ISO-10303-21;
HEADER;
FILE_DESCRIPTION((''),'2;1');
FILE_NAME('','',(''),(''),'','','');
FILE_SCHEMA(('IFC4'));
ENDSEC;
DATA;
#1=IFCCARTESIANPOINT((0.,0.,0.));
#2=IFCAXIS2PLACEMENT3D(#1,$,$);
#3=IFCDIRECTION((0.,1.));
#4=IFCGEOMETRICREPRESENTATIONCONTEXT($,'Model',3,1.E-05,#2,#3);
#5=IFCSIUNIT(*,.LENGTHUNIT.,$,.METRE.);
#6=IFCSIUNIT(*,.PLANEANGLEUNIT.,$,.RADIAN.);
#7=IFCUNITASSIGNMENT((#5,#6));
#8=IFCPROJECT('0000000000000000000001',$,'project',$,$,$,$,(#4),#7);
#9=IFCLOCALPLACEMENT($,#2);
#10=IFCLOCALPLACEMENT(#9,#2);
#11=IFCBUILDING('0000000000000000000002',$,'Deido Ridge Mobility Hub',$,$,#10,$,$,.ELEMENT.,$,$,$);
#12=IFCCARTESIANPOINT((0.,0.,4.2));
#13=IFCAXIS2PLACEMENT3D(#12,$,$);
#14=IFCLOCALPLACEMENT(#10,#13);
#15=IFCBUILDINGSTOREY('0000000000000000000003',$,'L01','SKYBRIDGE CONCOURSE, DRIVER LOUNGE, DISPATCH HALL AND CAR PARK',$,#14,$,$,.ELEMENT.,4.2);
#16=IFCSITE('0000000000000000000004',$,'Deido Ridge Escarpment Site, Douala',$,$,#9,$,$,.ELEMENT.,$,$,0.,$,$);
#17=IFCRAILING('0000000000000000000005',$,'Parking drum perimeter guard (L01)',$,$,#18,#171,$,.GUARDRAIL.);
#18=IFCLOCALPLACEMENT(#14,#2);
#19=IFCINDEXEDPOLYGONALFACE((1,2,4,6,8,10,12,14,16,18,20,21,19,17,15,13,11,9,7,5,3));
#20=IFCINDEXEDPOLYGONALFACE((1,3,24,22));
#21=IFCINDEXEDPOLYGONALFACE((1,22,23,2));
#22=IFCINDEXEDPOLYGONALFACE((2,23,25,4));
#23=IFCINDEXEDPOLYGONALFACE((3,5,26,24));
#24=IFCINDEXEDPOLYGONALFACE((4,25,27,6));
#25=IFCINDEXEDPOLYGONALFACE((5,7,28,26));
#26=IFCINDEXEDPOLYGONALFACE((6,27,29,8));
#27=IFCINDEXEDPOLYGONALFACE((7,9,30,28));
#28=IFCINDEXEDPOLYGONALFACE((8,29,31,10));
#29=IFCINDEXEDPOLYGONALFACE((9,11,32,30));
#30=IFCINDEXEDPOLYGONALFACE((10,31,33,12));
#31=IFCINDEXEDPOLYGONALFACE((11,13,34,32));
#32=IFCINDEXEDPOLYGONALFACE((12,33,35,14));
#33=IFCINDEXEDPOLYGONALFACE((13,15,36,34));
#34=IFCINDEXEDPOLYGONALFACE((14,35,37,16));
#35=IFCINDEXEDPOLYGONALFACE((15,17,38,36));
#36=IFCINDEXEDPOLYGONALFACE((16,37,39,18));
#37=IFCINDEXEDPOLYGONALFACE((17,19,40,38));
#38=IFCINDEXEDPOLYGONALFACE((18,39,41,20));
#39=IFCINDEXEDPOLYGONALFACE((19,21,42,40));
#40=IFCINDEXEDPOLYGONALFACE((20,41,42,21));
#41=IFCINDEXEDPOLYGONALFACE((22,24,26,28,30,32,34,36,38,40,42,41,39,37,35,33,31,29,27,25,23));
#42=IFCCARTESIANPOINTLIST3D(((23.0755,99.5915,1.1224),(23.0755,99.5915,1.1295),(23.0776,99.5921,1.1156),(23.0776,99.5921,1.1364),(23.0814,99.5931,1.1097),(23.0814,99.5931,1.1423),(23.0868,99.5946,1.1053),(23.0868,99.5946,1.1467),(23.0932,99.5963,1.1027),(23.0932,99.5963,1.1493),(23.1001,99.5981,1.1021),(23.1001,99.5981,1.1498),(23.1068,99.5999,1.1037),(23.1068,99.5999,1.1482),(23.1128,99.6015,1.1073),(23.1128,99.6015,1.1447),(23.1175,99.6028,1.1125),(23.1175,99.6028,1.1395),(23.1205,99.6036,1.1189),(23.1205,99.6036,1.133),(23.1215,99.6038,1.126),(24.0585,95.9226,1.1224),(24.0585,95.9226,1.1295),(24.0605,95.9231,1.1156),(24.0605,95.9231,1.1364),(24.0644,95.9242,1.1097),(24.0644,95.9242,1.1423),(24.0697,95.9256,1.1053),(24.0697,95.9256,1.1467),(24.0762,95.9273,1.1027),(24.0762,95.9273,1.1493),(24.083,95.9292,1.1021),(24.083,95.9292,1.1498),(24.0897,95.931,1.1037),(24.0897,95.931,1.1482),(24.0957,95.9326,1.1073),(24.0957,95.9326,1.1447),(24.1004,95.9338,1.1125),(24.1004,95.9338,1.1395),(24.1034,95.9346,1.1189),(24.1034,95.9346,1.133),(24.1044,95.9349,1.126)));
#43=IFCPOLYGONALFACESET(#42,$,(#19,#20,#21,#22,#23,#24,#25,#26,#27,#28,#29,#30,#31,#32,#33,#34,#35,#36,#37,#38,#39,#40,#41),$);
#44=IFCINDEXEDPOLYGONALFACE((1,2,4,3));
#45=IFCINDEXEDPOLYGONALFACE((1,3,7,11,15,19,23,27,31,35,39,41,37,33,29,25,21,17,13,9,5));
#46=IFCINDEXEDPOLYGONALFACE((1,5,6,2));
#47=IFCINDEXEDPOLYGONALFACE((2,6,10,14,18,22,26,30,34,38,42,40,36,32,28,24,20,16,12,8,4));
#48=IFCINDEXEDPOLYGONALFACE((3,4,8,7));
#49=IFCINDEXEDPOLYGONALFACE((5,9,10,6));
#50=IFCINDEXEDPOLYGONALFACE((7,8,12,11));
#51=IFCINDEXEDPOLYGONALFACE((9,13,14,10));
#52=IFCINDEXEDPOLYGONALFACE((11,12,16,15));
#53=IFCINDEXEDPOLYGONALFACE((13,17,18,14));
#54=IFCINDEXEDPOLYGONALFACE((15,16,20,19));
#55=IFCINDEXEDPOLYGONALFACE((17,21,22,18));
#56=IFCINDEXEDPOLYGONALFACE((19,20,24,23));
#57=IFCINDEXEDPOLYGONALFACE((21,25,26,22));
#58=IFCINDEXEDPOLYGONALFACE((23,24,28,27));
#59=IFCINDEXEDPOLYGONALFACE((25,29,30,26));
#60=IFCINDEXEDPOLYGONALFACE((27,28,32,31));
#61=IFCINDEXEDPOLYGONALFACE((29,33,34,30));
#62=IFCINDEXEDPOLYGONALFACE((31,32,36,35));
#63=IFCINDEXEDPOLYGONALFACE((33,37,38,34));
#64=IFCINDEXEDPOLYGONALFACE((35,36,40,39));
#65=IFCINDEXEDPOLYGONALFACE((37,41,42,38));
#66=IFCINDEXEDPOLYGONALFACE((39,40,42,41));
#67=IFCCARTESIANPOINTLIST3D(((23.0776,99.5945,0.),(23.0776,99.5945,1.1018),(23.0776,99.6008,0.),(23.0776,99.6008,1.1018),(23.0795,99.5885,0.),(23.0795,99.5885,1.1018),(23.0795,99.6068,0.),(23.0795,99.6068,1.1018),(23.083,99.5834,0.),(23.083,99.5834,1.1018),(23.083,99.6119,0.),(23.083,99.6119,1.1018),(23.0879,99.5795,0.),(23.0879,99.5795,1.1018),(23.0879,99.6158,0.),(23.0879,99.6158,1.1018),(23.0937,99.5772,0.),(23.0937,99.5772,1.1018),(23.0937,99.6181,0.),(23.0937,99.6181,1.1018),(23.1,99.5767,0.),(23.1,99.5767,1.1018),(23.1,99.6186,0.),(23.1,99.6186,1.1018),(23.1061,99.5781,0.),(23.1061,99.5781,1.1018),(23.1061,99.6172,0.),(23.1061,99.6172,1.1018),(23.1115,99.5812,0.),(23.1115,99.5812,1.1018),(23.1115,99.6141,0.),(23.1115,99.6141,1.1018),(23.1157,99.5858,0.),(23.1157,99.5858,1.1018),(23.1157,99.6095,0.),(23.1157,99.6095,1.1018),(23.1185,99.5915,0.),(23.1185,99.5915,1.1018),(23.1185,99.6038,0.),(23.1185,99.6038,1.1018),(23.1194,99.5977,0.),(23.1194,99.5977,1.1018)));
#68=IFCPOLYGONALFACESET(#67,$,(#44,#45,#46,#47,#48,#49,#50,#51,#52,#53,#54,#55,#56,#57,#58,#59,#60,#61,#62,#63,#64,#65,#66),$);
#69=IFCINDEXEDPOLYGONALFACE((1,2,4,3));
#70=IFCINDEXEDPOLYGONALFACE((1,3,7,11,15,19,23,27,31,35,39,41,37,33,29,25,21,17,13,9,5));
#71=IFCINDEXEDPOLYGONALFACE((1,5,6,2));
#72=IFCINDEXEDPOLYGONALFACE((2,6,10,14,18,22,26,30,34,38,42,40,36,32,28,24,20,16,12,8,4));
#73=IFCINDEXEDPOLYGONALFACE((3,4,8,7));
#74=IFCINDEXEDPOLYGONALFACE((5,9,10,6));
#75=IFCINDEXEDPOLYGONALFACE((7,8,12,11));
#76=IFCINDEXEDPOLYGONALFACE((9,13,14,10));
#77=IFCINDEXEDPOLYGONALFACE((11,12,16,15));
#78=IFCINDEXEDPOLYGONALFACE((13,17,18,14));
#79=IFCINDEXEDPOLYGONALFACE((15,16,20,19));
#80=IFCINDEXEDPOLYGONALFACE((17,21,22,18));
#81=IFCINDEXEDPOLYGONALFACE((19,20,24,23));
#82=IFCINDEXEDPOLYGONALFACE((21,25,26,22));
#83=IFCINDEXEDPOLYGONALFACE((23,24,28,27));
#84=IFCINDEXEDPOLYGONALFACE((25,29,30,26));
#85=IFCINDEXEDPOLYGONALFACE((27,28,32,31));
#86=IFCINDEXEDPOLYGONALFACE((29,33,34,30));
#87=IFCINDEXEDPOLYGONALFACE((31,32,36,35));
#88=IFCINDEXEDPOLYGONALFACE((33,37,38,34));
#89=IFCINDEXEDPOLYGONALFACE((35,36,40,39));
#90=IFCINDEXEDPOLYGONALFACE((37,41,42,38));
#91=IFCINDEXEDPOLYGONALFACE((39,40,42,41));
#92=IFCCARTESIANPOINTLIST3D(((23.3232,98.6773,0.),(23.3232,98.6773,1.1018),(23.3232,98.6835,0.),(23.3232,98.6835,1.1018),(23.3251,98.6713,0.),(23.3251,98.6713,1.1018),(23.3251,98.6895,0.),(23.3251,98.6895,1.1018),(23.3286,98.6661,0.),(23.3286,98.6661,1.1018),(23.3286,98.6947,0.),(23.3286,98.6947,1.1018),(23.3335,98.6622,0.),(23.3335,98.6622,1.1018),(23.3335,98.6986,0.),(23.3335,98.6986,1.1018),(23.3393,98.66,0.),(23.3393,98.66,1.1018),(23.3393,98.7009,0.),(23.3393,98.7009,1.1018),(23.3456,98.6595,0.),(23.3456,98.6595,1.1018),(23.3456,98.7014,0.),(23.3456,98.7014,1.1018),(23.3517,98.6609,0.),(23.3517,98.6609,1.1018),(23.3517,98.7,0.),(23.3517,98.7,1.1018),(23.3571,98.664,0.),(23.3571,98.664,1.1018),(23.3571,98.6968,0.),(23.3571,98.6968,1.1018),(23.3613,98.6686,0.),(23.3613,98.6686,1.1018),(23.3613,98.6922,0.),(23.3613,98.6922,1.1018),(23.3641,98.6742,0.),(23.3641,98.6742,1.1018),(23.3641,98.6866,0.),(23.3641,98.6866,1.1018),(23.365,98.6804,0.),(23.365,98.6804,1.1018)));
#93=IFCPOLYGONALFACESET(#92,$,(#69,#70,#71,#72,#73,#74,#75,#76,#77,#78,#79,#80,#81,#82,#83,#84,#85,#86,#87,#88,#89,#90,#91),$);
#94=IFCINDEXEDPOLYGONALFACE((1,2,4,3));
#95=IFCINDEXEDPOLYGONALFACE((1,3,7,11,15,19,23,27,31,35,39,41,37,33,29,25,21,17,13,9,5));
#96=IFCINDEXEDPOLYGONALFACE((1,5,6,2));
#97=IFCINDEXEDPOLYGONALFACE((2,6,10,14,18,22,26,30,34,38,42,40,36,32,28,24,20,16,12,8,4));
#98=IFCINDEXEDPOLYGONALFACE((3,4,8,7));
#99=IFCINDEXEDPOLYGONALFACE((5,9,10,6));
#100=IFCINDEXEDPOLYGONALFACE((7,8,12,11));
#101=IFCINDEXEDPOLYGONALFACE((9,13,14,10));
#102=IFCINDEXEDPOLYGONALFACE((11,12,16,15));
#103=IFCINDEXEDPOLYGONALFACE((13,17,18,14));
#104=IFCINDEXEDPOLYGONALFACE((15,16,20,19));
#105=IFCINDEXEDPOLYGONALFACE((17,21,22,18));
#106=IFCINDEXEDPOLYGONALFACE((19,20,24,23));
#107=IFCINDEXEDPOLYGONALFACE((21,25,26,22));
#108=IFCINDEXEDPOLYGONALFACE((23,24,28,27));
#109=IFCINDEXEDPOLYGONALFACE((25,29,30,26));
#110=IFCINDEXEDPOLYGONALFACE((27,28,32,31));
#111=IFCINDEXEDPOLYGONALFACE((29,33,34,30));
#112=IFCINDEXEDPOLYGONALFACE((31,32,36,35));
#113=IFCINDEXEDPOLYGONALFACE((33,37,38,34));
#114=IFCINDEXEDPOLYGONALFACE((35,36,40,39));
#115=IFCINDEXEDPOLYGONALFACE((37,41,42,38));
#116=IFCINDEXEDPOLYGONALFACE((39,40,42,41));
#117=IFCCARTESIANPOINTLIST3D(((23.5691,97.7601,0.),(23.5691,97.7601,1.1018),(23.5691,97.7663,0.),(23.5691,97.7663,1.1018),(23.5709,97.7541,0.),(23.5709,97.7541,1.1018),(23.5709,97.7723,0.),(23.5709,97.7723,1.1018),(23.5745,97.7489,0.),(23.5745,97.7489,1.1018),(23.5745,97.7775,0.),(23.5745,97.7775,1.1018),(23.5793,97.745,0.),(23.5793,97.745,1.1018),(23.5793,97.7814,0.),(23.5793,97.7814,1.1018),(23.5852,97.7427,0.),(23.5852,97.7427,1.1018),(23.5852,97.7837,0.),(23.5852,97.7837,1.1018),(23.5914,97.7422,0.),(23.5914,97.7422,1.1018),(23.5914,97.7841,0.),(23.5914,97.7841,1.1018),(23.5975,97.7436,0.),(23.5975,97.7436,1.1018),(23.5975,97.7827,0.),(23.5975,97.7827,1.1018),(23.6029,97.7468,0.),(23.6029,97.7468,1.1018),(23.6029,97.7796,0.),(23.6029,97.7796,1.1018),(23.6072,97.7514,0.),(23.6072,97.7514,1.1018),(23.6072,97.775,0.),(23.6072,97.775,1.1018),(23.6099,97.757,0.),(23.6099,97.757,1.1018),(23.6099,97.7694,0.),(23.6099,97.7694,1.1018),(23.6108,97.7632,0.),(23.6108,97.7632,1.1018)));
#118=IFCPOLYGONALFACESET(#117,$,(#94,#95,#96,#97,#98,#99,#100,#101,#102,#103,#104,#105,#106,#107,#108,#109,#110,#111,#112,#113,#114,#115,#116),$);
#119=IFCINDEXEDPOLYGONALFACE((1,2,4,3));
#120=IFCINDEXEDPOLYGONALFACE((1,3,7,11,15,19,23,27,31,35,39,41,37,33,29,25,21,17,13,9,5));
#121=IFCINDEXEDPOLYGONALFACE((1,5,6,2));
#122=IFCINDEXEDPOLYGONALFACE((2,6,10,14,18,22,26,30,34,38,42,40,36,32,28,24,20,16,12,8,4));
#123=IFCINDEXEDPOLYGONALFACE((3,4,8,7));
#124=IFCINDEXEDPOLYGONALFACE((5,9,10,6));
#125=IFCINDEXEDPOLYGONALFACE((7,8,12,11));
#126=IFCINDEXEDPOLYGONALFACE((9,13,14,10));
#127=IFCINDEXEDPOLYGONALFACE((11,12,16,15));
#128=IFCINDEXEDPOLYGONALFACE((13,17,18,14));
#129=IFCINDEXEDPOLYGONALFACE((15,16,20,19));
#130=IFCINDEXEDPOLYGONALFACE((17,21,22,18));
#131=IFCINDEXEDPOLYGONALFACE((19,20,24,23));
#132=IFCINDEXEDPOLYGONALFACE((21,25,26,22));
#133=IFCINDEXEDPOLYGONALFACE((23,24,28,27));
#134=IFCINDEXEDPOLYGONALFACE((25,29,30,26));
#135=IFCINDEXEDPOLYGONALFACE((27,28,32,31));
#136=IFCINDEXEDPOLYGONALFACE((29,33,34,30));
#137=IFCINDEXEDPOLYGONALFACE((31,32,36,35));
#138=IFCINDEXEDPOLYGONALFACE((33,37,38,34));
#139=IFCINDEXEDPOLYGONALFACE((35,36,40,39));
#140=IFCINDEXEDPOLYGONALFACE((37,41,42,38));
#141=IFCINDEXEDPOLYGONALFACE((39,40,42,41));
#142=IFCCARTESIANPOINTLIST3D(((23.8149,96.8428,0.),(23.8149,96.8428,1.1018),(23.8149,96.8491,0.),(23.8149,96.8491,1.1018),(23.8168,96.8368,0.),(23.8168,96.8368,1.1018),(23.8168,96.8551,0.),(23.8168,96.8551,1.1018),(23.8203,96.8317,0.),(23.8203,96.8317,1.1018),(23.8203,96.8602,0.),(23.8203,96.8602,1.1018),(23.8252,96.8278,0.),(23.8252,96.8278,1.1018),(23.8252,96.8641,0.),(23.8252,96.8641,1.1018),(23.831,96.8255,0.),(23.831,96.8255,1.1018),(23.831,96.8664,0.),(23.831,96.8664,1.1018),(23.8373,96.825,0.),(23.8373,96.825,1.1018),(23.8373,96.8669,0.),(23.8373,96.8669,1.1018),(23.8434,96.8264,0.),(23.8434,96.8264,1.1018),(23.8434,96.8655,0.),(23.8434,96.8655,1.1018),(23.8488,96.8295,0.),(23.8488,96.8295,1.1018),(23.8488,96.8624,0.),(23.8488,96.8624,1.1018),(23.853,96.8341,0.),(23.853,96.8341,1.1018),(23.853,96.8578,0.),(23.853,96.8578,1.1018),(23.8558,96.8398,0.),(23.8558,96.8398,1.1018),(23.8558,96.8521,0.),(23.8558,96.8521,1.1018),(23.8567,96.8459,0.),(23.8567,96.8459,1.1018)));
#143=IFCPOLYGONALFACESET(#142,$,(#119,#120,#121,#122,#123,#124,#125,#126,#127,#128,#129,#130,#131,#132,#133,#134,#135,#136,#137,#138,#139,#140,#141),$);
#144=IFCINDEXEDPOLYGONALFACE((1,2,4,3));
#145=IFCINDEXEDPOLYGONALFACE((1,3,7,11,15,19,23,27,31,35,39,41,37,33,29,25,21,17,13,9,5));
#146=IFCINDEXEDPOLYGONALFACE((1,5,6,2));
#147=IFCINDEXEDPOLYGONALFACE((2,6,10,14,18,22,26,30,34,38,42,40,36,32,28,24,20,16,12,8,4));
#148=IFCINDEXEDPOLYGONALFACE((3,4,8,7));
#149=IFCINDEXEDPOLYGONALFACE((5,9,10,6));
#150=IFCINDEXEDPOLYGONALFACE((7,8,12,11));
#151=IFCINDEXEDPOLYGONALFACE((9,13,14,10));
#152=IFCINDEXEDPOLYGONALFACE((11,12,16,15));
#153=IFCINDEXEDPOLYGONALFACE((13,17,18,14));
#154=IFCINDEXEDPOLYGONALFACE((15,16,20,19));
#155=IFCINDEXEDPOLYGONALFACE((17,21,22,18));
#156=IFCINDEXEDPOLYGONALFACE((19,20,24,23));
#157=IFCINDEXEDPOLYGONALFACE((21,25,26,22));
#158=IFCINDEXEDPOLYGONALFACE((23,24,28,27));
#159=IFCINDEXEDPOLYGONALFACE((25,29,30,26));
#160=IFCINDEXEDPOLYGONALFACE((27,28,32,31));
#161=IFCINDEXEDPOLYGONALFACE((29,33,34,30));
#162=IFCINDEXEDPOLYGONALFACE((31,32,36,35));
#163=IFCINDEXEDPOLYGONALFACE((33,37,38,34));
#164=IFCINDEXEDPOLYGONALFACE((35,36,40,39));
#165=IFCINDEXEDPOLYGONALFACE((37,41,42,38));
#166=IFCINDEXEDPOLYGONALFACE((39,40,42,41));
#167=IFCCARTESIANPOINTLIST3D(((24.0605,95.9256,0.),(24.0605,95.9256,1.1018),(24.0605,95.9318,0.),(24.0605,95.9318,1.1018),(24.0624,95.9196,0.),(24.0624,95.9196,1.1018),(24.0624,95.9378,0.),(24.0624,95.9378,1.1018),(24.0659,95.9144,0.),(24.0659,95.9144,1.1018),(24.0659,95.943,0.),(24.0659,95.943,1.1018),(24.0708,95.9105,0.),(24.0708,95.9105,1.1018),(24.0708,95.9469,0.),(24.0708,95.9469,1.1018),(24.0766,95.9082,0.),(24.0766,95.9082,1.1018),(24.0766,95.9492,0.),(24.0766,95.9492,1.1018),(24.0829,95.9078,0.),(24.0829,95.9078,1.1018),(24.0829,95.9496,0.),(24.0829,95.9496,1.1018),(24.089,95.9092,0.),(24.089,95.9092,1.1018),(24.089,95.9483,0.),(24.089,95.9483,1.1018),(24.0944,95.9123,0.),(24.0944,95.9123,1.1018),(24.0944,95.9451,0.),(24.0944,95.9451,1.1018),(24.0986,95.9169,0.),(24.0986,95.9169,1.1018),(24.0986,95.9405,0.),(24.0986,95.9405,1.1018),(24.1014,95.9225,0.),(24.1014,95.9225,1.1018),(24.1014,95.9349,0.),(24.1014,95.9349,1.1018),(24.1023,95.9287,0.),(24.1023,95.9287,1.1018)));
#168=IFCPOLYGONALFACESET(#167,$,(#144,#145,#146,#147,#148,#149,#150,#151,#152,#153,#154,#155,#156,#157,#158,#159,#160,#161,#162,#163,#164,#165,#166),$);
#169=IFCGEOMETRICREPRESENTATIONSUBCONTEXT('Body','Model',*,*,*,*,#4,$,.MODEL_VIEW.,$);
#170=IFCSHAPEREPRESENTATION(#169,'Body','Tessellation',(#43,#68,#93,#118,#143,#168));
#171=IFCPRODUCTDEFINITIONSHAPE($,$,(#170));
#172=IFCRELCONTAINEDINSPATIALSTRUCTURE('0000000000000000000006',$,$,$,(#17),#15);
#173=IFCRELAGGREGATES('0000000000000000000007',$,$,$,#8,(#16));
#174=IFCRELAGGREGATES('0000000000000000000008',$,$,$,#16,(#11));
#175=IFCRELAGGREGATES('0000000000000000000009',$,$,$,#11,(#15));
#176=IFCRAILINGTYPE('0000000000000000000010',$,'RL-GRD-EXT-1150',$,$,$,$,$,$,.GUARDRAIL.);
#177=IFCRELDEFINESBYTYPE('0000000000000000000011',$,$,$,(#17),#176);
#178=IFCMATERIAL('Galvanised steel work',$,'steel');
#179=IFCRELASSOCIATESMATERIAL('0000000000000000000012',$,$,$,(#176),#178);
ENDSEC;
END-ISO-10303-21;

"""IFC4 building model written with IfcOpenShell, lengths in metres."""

from ifc_helpers import new_model, si_unit, direction, frame, origin, origin_2d, place, context, subcontext, project, spatial, circle, extrude, material, type_object, element, save


model = new_model("IFC4")

# Units and contexts
model_context = context("Model", 3, precision=1e-05, world=origin(), true_north=direction((0.0, 1.0)))
body_context = subcontext(model_context, "Body", "Model", "MODEL_VIEW")
ifc_project = project(units=[si_unit("LENGTHUNIT", "METRE"), si_unit("PLANEANGLEUNIT", "RADIAN")], contexts=[model_context])

# Site, building, storey
site_placement = place(None, origin())
site = spatial("IfcSite", under=ifc_project, at=site_placement, Name="Deido Ridge Escarpment Site, Douala", CompositionType="ELEMENT", RefElevation=0.0)
building_placement = place(site_placement, origin())
building = spatial("IfcBuilding", under=site, at=building_placement, Name="Deido Ridge Mobility Hub", CompositionType="ELEMENT")
storey_placement = place(building_placement, frame((0.0, 0.0, 4.2)))
storey = spatial("IfcBuildingStorey", under=building, at=storey_placement, Name="L01", Description="SKYBRIDGE CONCOURSE, DRIVER LOUNGE, DISPATCH HALL AND CAR PARK", CompositionType="ELEMENT", Elevation=4.2)

# Railing
ifc_material_1 = material(Name="Galvanised steel work", Category="steel")
railing_type = type_object("IfcRailingType", Name="RL-GRD-EXT-1150", PredefinedType="GUARDRAIL", material=ifc_material_1)
railing_1_placement = place(storey_placement, frame((23.0984, 99.5977, 0.0)))
element("IfcRailing", 1, at=railing_1_placement, inside=storey, type_object=railing_type, Name="Parking drum perimeter guard (L01)", PredefinedType="GUARDRAIL", context=body_context, shape_type="SweptSolid", body=[
    extrude(circle(Radius=0.0239, at=origin_2d()), frame((0.0, 0.0, 1.126), z_axis=(0.258775, -0.965938, 0.0), x_axis=(0.965938, 0.258775, 0.0)), (0.0, 0.0, 1.0), 3.7983),
    extrude(circle(Radius=0.021, at=origin_2d()), origin(), (0.0, 0.0, 1.0), 1.1018),
    extrude(circle(Radius=0.021, at=origin_2d()), frame((0.2456, -0.9172, 0.0)), (0.0, 0.0, 1.0), 1.1018),
    extrude(circle(Radius=0.021, at=origin_2d()), frame((0.4915, -1.8345, 0.0)), (0.0, 0.0, 1.0), 1.1018),
    extrude(circle(Radius=0.021, at=origin_2d()), frame((0.7373, -2.7517, 0.0)), (0.0, 0.0, 1.0), 1.1018),
    extrude(circle(Radius=0.021, at=origin_2d()), frame((0.9829, -3.6689, 0.0)), (0.0, 0.0, 1.0), 1.1018),
])

save(model, "model.ifc")
